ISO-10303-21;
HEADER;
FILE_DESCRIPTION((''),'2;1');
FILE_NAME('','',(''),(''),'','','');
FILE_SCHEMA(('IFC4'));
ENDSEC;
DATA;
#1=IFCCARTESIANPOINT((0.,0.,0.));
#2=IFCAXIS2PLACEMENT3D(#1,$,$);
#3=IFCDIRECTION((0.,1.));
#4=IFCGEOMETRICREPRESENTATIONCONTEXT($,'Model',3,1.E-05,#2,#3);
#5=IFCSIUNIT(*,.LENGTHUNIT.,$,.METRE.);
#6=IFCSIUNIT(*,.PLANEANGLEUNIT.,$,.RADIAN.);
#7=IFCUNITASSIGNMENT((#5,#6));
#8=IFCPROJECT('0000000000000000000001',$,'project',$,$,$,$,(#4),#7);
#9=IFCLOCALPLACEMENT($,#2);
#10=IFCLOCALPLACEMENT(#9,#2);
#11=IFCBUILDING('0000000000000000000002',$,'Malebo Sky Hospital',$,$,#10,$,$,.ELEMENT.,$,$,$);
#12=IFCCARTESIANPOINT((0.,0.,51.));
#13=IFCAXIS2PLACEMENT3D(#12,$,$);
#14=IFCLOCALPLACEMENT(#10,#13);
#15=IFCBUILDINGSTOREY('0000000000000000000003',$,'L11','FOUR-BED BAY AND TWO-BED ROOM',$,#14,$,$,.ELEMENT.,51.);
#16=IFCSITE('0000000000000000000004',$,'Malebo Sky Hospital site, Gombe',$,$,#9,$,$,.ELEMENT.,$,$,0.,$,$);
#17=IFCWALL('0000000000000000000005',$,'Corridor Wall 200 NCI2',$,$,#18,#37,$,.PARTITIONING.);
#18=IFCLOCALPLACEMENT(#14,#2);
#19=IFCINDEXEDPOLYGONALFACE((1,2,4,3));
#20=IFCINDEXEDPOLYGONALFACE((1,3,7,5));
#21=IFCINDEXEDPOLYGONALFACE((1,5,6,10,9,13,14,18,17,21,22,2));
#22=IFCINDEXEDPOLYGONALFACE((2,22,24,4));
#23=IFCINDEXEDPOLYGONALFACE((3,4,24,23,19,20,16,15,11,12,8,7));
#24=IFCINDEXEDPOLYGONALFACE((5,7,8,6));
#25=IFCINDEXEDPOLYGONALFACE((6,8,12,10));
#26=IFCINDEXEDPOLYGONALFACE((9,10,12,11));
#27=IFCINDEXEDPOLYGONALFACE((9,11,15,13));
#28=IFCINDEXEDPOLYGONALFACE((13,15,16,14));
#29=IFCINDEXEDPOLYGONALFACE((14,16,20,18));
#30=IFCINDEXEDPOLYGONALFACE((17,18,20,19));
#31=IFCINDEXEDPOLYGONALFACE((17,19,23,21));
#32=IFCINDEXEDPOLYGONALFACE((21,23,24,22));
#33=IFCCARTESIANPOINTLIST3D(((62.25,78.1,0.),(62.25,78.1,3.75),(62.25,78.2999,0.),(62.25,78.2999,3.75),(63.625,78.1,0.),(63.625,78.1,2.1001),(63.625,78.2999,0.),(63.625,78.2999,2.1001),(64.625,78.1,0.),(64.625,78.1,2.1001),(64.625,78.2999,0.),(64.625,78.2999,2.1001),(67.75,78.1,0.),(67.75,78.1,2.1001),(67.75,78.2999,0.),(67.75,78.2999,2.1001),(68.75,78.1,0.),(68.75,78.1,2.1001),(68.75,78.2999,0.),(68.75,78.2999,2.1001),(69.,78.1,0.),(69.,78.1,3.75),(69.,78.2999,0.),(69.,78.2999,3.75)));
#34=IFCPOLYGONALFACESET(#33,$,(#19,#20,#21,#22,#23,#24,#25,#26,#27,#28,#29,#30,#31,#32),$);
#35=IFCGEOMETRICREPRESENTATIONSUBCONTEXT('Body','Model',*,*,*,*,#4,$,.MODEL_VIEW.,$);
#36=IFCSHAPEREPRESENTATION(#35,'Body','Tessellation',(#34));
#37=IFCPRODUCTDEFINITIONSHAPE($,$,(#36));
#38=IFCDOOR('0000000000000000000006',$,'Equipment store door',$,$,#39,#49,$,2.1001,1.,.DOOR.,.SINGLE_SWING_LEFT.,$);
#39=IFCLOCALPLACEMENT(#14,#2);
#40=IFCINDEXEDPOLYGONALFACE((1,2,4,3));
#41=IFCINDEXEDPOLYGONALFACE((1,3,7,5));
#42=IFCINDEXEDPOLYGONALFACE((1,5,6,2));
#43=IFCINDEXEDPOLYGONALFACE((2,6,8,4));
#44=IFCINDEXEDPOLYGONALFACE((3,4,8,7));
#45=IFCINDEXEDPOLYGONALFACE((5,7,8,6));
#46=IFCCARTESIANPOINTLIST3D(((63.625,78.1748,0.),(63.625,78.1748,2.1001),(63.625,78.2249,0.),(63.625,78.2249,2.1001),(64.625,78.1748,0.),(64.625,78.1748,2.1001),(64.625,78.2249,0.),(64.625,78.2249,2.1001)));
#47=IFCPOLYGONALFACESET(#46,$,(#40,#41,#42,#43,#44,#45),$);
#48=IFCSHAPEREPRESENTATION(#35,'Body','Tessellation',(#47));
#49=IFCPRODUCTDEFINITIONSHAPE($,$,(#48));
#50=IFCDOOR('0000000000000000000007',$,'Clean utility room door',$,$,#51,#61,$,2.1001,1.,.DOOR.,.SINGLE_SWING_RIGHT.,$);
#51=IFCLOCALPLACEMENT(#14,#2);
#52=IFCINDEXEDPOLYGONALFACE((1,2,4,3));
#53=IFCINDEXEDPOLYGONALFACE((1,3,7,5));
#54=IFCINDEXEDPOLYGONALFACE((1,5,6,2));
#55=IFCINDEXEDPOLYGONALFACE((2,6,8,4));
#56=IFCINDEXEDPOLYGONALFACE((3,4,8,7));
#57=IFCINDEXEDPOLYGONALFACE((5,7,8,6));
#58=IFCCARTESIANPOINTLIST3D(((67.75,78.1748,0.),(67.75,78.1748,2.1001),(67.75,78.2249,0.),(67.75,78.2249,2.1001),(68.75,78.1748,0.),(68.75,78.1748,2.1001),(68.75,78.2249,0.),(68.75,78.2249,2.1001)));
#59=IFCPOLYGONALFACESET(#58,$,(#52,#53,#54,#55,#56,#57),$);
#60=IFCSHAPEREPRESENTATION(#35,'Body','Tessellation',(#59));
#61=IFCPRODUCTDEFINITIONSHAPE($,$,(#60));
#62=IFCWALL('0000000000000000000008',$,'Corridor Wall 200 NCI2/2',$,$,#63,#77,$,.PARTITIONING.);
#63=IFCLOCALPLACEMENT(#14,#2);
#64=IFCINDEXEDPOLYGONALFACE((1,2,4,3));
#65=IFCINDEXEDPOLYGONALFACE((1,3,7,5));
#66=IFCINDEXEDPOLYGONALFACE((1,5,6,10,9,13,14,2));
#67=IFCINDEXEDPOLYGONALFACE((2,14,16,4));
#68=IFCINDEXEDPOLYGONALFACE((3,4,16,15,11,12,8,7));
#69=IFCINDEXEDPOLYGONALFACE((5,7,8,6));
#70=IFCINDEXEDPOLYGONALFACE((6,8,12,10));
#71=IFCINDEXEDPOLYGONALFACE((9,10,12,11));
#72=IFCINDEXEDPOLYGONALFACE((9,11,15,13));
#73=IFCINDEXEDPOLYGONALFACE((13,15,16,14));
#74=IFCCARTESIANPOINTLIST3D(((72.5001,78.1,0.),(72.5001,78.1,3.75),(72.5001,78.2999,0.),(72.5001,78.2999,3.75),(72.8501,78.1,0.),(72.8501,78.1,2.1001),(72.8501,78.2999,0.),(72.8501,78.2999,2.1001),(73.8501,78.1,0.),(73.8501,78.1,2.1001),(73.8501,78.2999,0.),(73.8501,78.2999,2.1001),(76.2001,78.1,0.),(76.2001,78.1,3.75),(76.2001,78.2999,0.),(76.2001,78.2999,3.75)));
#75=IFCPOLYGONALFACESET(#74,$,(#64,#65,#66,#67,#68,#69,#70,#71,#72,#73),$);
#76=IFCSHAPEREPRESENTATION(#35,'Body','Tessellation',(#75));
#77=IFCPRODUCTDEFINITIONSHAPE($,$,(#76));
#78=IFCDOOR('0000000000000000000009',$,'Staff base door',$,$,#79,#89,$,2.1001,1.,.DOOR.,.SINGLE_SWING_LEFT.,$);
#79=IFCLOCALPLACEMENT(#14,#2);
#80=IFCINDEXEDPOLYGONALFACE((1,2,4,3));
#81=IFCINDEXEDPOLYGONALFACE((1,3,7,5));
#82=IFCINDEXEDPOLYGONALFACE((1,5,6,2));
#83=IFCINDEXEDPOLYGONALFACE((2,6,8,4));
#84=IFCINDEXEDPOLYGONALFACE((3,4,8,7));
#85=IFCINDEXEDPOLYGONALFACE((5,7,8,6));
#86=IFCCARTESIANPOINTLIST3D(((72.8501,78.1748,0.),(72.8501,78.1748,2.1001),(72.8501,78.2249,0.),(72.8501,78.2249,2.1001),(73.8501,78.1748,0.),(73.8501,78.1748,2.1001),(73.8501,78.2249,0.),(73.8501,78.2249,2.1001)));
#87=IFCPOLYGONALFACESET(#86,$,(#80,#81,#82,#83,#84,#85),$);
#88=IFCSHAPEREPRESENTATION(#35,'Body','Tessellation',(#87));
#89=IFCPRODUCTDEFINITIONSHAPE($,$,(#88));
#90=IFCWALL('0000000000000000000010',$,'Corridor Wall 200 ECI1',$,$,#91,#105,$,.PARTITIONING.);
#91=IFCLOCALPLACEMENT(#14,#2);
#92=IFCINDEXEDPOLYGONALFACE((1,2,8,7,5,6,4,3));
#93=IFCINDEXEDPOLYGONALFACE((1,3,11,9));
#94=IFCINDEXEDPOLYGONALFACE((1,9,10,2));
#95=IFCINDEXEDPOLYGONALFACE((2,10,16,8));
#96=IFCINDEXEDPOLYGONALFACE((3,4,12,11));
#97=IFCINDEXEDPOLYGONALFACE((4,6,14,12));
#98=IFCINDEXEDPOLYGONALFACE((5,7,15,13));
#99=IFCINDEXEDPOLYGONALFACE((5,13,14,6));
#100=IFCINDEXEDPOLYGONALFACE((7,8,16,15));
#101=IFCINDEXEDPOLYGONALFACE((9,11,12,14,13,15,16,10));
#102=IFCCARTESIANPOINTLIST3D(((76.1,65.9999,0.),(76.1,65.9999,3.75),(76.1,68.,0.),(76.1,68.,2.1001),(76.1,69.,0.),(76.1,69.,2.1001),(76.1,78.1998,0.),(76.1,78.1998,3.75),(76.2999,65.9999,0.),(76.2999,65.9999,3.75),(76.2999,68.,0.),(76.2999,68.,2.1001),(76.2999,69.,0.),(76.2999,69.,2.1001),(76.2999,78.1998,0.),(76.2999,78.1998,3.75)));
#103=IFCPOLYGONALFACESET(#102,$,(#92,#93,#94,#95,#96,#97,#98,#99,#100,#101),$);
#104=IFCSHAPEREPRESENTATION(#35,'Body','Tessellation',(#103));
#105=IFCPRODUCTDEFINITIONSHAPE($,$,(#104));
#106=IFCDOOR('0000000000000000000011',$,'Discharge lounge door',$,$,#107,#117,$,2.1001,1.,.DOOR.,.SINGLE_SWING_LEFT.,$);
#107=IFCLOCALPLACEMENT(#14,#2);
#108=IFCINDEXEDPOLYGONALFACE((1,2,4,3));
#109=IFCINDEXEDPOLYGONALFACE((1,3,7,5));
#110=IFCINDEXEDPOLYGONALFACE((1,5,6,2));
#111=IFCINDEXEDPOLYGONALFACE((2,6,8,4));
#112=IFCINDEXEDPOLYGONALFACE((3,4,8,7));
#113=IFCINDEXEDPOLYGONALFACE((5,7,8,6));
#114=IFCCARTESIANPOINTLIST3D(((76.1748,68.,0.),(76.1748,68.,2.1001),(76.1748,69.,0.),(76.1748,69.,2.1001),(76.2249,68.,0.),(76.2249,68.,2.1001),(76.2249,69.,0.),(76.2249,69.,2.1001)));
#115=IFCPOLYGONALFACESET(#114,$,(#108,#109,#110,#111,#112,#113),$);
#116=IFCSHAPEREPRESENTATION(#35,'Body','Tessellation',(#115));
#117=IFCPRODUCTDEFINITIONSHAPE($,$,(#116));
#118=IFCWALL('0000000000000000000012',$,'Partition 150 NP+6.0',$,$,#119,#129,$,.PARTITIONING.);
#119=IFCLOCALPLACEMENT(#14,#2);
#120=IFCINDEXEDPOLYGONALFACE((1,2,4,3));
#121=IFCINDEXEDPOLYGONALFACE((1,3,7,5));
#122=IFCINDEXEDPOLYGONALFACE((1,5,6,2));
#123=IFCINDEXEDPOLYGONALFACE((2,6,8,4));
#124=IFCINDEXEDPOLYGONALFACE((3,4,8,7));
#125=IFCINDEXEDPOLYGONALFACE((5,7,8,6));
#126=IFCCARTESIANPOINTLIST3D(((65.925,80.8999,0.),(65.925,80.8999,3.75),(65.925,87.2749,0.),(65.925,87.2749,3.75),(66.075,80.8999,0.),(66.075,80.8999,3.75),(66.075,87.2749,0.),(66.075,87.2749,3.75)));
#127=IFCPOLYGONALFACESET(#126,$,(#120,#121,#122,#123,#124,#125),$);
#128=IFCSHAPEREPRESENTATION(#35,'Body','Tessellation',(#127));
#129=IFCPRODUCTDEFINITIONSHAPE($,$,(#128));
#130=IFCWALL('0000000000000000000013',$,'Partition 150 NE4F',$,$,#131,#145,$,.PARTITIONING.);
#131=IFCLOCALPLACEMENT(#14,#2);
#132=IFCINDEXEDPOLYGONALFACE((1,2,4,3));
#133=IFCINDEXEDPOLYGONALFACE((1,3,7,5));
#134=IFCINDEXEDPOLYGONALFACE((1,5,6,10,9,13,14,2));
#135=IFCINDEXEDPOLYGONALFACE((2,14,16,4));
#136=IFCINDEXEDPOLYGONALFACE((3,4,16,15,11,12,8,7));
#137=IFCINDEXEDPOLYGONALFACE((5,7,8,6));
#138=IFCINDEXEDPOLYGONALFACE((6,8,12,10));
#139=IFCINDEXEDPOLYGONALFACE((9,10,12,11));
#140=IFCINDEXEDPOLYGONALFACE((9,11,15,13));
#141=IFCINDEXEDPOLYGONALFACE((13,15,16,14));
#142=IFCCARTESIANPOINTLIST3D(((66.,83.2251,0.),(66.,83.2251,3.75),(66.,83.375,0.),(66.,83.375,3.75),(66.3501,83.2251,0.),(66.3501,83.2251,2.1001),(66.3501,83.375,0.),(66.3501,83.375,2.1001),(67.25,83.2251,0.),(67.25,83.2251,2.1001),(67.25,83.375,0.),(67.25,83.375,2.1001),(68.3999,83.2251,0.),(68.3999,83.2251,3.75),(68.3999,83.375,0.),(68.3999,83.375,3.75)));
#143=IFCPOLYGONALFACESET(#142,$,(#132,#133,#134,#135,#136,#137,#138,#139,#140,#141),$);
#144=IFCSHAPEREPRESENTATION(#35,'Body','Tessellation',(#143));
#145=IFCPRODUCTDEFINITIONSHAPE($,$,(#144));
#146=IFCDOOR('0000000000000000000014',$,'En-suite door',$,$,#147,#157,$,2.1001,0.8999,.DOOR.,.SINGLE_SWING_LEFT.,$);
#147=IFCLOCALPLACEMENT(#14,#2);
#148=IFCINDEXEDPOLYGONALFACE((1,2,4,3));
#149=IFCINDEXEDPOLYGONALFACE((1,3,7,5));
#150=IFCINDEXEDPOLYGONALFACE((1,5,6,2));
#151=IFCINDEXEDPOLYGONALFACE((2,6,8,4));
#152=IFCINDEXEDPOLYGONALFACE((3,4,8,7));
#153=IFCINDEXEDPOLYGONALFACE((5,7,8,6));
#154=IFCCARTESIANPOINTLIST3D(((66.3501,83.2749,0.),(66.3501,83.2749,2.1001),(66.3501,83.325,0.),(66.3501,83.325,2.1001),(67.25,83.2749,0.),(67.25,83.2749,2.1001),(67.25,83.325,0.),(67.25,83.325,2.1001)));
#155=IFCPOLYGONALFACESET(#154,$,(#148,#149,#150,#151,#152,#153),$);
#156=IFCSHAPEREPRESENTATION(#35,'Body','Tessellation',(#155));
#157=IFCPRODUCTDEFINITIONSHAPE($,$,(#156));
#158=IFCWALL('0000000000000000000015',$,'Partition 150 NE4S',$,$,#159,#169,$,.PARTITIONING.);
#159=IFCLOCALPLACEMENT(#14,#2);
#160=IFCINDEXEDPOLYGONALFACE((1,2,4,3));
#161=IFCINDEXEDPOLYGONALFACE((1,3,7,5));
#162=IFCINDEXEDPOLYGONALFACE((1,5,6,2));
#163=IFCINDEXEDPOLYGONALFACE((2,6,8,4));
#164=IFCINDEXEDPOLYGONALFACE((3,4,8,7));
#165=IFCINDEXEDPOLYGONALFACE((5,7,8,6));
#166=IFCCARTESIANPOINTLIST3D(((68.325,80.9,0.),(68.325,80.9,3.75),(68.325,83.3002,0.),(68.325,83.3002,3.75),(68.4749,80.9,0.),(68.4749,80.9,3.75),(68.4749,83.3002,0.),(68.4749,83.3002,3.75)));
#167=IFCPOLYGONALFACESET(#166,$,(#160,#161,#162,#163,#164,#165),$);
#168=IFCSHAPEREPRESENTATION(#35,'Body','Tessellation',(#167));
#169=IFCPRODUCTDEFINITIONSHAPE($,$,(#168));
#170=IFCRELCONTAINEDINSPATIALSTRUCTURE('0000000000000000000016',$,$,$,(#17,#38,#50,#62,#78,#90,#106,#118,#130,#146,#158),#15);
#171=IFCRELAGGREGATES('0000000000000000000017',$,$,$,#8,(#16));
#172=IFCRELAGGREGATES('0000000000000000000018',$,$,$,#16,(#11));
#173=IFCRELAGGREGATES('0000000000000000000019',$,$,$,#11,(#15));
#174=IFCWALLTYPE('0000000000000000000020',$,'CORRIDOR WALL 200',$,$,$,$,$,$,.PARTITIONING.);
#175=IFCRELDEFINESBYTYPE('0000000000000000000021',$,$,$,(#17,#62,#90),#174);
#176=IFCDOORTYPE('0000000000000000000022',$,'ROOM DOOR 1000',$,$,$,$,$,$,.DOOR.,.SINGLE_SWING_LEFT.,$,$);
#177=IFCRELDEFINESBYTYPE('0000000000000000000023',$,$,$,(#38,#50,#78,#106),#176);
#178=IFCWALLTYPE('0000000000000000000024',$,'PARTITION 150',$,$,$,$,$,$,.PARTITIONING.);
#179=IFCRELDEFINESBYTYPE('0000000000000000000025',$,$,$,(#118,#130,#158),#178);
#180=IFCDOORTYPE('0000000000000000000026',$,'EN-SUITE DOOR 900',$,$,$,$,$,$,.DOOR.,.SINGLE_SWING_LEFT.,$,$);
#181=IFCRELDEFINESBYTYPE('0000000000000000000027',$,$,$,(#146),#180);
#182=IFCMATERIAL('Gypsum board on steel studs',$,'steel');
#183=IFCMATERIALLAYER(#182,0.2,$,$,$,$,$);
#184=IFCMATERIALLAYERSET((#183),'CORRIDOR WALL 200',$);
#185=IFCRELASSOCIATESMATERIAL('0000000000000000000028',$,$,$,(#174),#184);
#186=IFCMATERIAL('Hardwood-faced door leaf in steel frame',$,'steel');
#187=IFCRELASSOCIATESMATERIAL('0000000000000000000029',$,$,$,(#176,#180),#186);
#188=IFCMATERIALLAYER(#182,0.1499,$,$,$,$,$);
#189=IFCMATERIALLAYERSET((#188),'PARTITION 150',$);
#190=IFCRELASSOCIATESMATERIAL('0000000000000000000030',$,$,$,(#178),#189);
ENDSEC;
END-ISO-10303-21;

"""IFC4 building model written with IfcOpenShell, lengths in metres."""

from ifc_helpers import new_model, si_unit, direction, frame, frame_2d, origin, place, context, subcontext, project, spatial, rectangle, extrude, material, layer, layer_set, type_object, element, fill, save


model = new_model("IFC4")

# Units and contexts
model_context = context("Model", 3, precision=1e-05, world=origin(), true_north=direction((0.0, 1.0)))
body_context = subcontext(model_context, "Body", "Model", "MODEL_VIEW")
ifc_project = project(units=[si_unit("LENGTHUNIT", "METRE"), si_unit("PLANEANGLEUNIT", "RADIAN")], contexts=[model_context])

# Site, building, storey
site_placement = place(None, origin())
site = spatial("IfcSite", under=ifc_project, at=site_placement, Name="Malebo Sky Hospital site, Gombe", CompositionType="ELEMENT", RefElevation=0.0)
building_placement = place(site_placement, origin())
building = spatial("IfcBuilding", under=site, at=building_placement, Name="Malebo Sky Hospital", CompositionType="ELEMENT")
storey_placement = place(building_placement, frame((0.0, 0.0, 51.0)))
storey = spatial("IfcBuildingStorey", under=building, at=storey_placement, Name="L11", Description="FOUR-BED BAY AND TWO-BED ROOM", CompositionType="ELEMENT", Elevation=51.0)

# Wall, openings, doors
ifc_material_1 = material(Name="Gypsum board on steel studs", Category="steel")
ifc_layer_1 = layer(ifc_material_1, 0.2)
ifc_layer_set_1 = layer_set([ifc_layer_1], Name="CORRIDOR WALL 200")
wall_type_1 = type_object("IfcWallType", Name="CORRIDOR WALL 200", PredefinedType="PARTITIONING", material=ifc_layer_set_1)
wall_1_placement = place(storey_placement, frame((62.25, 78.2, 0.0), z_axis=(0.0, 0.0, 1.0), x_axis=(1.0, 0.0, 0.0)))
wall_1 = element("IfcWall", 1, at=wall_1_placement, inside=storey, type_object=wall_type_1, Name="Corridor Wall 200 NCI2", PredefinedType="PARTITIONING", context=body_context, shape_type="SweptSolid", body=[
    extrude(rectangle(XDim=6.75, YDim=0.2, at=frame_2d((3.375, 0.0))), origin(), (0.0, 0.0, 1.0), 3.75),
])
opening_1_placement = place(wall_1_placement, frame((1.375, 0.0, 0.0)))
opening_1 = element("IfcOpeningElement", 2, at=opening_1_placement, cuts=wall_1, PredefinedType="OPENING", context=body_context, shape_type="SweptSolid", body=[
    extrude(rectangle(XDim=1.0, YDim=2.1001, at=frame_2d((0.5, 1.05))), frame((0.0, 0.1099, 0.0), z_axis=(0.0, -1.0, 0.0), x_axis=(1.0, 0.0, 0.0)), (0.0, 0.0, 1.0), 0.22),
])
opening_2_placement = place(wall_1_placement, frame((5.5, 0.0, 0.0)))
opening_2 = element("IfcOpeningElement", 3, at=opening_2_placement, cuts=wall_1, PredefinedType="OPENING", context=body_context, shape_type="SweptSolid", body=[
    extrude(rectangle(XDim=1.0, YDim=2.1001, at=frame_2d((0.5, 1.05))), frame((0.0, 0.1099, 0.0), z_axis=(0.0, -1.0, 0.0), x_axis=(1.0, 0.0, 0.0)), (0.0, 0.0, 1.0), 0.22),
])
ifc_material_2 = material(Name="Hardwood-faced door leaf in steel frame", Category="steel")
door_type_1 = type_object("IfcDoorType", Name="ROOM DOOR 1000", OperationType="SINGLE_SWING_LEFT", PredefinedType="DOOR", material=ifc_material_2)
door_1_placement = place(opening_1_placement, origin())
door_1 = element("IfcDoor", 4, at=door_1_placement, inside=storey, type_object=door_type_1, Name="Equipment store door", OperationType="SINGLE_SWING_LEFT", OverallHeight=2.1001, OverallWidth=1.0, PredefinedType="DOOR", context=body_context, shape_type="SweptSolid", body=[
    extrude(rectangle(XDim=1.0, YDim=2.1001, at=frame_2d((0.5, 1.05))), frame((0.0, 0.0249, 0.0), z_axis=(0.0, -1.0, 0.0), x_axis=(1.0, 0.0, 0.0)), (0.0, 0.0, 1.0), 0.05),
])
fill(opening_1, door_1)
door_2_placement = place(opening_2_placement, origin())
door_2 = element("IfcDoor", 5, at=door_2_placement, inside=storey, type_object=door_type_1, Name="Clean utility room door", OperationType="SINGLE_SWING_RIGHT", OverallHeight=2.1001, OverallWidth=1.0, PredefinedType="DOOR", context=body_context, shape_type="SweptSolid", body=[
    extrude(rectangle(XDim=1.0, YDim=2.1001, at=frame_2d((0.5, 1.05))), frame((0.0, 0.0249, 0.0), z_axis=(0.0, -1.0, 0.0), x_axis=(1.0, 0.0, 0.0)), (0.0, 0.0, 1.0), 0.05),
])
fill(opening_2, door_2)

# Walls, openings, doors
wall_2_placement = place(storey_placement, frame((72.5, 78.2, 0.0), z_axis=(0.0, 0.0, 1.0), x_axis=(1.0, 0.0, 0.0)))
wall_2 = element("IfcWall", 6, at=wall_2_placement, inside=storey, type_object=wall_type_1, Name="Corridor Wall 200 NCI2/2", PredefinedType="PARTITIONING", context=body_context, shape_type="SweptSolid", body=[
    extrude(rectangle(XDim=3.7, YDim=0.2, at=frame_2d((1.8501, 0.0))), origin(), (0.0, 0.0, 1.0), 3.75),
])
opening_3_placement = place(wall_2_placement, frame((0.3501, 0.0, 0.0)))
opening_3 = element("IfcOpeningElement", 7, at=opening_3_placement, cuts=wall_2, PredefinedType="OPENING", context=body_context, shape_type="SweptSolid", body=[
    extrude(rectangle(XDim=1.0, YDim=2.1001, at=frame_2d((0.5, 1.05))), frame((0.0, 0.1099, 0.0), z_axis=(0.0, -1.0, 0.0), x_axis=(1.0, 0.0, 0.0)), (0.0, 0.0, 1.0), 0.22),
])
door_3_placement = place(opening_3_placement, origin())
door_3 = element("IfcDoor", 8, at=door_3_placement, inside=storey, type_object=door_type_1, Name="Staff base door", OperationType="SINGLE_SWING_LEFT", OverallHeight=2.1001, OverallWidth=1.0, PredefinedType="DOOR", context=body_context, shape_type="SweptSolid", body=[
    extrude(rectangle(XDim=1.0, YDim=2.1001, at=frame_2d((0.5, 1.05))), frame((0.0, 0.0249, 0.0), z_axis=(0.0, -1.0, 0.0), x_axis=(1.0, 0.0, 0.0)), (0.0, 0.0, 1.0), 0.05),
])
fill(opening_3, door_3)
wall_3_placement = place(storey_placement, frame((76.2, 78.2, 0.0), z_axis=(0.0, 0.0, 1.0), x_axis=(0.0, -1.0, 0.0)))
wall_3 = element("IfcWall", 9, at=wall_3_placement, inside=storey, type_object=wall_type_1, Name="Corridor Wall 200 ECI1", PredefinedType="PARTITIONING", context=body_context, shape_type="SweptSolid", body=[
    extrude(rectangle(XDim=12.2, YDim=0.2, at=frame_2d((6.1001, 0.0))), origin(), (0.0, 0.0, 1.0), 3.75),
])
opening_4_placement = place(wall_3_placement, frame((9.2, 0.0, 0.0)))
opening_4 = element("IfcOpeningElement", 10, at=opening_4_placement, cuts=wall_3, PredefinedType="OPENING", context=body_context, shape_type="SweptSolid", body=[
    extrude(rectangle(XDim=1.0, YDim=2.1001, at=frame_2d((0.5, 1.05))), frame((0.0, 0.1099, 0.0), z_axis=(0.0, -1.0, 0.0), x_axis=(1.0, 0.0, 0.0)), (0.0, 0.0, 1.0), 0.22),
])
door_4_placement = place(opening_4_placement, origin())
door_4 = element("IfcDoor", 11, at=door_4_placement, inside=storey, type_object=door_type_1, Name="Discharge lounge door", OperationType="SINGLE_SWING_LEFT", OverallHeight=2.1001, OverallWidth=1.0, PredefinedType="DOOR", context=body_context, shape_type="SweptSolid", body=[
    extrude(rectangle(XDim=1.0, YDim=2.1001, at=frame_2d((0.5, 1.05))), frame((0.0, 0.0249, 0.0), z_axis=(0.0, -1.0, 0.0), x_axis=(1.0, 0.0, 0.0)), (0.0, 0.0, 1.0), 0.05),
])
fill(opening_4, door_4)

# Wall
ifc_layer_2 = layer(ifc_material_1, 0.1499)
ifc_layer_set_2 = layer_set([ifc_layer_2], Name="PARTITION 150")
wall_type_2 = type_object("IfcWallType", Name="PARTITION 150", PredefinedType="PARTITIONING", material=ifc_layer_set_2)
wall_4_placement = place(storey_placement, frame((66.0, 80.8999, 0.0), z_axis=(0.0, 0.0, 1.0), x_axis=(0.0, 1.0, 0.0)))
element("IfcWall", 12, at=wall_4_placement, inside=storey, type_object=wall_type_2, Name="Partition 150 NP+6.0", PredefinedType="PARTITIONING", context=body_context, shape_type="SweptSolid", body=[
    extrude(rectangle(XDim=6.375, YDim=0.1499, at=frame_2d((3.1875, 0.0))), origin(), (0.0, 0.0, 1.0), 3.75),
])

# Wall, opening, door
wall_5_placement = place(storey_placement, frame((66.0, 83.3, 0.0), z_axis=(0.0, 0.0, 1.0), x_axis=(1.0, 0.0, 0.0)))
wall_5 = element("IfcWall", 13, at=wall_5_placement, inside=storey, type_object=wall_type_2, Name="Partition 150 NE4F", PredefinedType="PARTITIONING", context=body_context, shape_type="SweptSolid", body=[
    extrude(rectangle(XDim=2.3999, YDim=0.1499, at=frame_2d((1.2, 0.0))), origin(), (0.0, 0.0, 1.0), 3.75),
])
opening_5_placement = place(wall_5_placement, frame((0.3501, 0.0, 0.0)))
opening_5 = element("IfcOpeningElement", 14, at=opening_5_placement, cuts=wall_5, PredefinedType="OPENING", context=body_context, shape_type="SweptSolid", body=[
    extrude(rectangle(XDim=0.8999, YDim=2.1001, at=frame_2d((0.45, 1.05))), frame((0.0, 0.085, 0.0), z_axis=(0.0, -1.0, 0.0), x_axis=(1.0, 0.0, 0.0)), (0.0, 0.0, 1.0), 0.1699),
])
door_type_2 = type_object("IfcDoorType", Name="EN-SUITE DOOR 900", OperationType="SINGLE_SWING_LEFT", PredefinedType="DOOR", material=ifc_material_2)
door_5_placement = place(opening_5_placement, origin())
door_5 = element("IfcDoor", 15, at=door_5_placement, inside=storey, type_object=door_type_2, Name="En-suite door", OperationType="SINGLE_SWING_LEFT", OverallHeight=2.1001, OverallWidth=0.8999, PredefinedType="DOOR", context=body_context, shape_type="SweptSolid", body=[
    extrude(rectangle(XDim=0.8999, YDim=2.1001, at=frame_2d((0.45, 1.05))), frame((0.0, 0.0249, 0.0), z_axis=(0.0, -1.0, 0.0), x_axis=(1.0, 0.0, 0.0)), (0.0, 0.0, 1.0), 0.05),
])
fill(opening_5, door_5)

# Wall
wall_6_placement = place(storey_placement, frame((68.3999, 80.8999, 0.0), z_axis=(0.0, 0.0, 1.0), x_axis=(0.0, 1.0, 0.0)))
element("IfcWall", 16, at=wall_6_placement, inside=storey, type_object=wall_type_2, Name="Partition 150 NE4S", PredefinedType="PARTITIONING", context=body_context, shape_type="SweptSolid", body=[
    extrude(rectangle(XDim=2.4001, YDim=0.1499, at=frame_2d((1.2002, 0.0))), origin(), (0.0, 0.0, 1.0), 3.75),
])

save(model, "model.ifc")
